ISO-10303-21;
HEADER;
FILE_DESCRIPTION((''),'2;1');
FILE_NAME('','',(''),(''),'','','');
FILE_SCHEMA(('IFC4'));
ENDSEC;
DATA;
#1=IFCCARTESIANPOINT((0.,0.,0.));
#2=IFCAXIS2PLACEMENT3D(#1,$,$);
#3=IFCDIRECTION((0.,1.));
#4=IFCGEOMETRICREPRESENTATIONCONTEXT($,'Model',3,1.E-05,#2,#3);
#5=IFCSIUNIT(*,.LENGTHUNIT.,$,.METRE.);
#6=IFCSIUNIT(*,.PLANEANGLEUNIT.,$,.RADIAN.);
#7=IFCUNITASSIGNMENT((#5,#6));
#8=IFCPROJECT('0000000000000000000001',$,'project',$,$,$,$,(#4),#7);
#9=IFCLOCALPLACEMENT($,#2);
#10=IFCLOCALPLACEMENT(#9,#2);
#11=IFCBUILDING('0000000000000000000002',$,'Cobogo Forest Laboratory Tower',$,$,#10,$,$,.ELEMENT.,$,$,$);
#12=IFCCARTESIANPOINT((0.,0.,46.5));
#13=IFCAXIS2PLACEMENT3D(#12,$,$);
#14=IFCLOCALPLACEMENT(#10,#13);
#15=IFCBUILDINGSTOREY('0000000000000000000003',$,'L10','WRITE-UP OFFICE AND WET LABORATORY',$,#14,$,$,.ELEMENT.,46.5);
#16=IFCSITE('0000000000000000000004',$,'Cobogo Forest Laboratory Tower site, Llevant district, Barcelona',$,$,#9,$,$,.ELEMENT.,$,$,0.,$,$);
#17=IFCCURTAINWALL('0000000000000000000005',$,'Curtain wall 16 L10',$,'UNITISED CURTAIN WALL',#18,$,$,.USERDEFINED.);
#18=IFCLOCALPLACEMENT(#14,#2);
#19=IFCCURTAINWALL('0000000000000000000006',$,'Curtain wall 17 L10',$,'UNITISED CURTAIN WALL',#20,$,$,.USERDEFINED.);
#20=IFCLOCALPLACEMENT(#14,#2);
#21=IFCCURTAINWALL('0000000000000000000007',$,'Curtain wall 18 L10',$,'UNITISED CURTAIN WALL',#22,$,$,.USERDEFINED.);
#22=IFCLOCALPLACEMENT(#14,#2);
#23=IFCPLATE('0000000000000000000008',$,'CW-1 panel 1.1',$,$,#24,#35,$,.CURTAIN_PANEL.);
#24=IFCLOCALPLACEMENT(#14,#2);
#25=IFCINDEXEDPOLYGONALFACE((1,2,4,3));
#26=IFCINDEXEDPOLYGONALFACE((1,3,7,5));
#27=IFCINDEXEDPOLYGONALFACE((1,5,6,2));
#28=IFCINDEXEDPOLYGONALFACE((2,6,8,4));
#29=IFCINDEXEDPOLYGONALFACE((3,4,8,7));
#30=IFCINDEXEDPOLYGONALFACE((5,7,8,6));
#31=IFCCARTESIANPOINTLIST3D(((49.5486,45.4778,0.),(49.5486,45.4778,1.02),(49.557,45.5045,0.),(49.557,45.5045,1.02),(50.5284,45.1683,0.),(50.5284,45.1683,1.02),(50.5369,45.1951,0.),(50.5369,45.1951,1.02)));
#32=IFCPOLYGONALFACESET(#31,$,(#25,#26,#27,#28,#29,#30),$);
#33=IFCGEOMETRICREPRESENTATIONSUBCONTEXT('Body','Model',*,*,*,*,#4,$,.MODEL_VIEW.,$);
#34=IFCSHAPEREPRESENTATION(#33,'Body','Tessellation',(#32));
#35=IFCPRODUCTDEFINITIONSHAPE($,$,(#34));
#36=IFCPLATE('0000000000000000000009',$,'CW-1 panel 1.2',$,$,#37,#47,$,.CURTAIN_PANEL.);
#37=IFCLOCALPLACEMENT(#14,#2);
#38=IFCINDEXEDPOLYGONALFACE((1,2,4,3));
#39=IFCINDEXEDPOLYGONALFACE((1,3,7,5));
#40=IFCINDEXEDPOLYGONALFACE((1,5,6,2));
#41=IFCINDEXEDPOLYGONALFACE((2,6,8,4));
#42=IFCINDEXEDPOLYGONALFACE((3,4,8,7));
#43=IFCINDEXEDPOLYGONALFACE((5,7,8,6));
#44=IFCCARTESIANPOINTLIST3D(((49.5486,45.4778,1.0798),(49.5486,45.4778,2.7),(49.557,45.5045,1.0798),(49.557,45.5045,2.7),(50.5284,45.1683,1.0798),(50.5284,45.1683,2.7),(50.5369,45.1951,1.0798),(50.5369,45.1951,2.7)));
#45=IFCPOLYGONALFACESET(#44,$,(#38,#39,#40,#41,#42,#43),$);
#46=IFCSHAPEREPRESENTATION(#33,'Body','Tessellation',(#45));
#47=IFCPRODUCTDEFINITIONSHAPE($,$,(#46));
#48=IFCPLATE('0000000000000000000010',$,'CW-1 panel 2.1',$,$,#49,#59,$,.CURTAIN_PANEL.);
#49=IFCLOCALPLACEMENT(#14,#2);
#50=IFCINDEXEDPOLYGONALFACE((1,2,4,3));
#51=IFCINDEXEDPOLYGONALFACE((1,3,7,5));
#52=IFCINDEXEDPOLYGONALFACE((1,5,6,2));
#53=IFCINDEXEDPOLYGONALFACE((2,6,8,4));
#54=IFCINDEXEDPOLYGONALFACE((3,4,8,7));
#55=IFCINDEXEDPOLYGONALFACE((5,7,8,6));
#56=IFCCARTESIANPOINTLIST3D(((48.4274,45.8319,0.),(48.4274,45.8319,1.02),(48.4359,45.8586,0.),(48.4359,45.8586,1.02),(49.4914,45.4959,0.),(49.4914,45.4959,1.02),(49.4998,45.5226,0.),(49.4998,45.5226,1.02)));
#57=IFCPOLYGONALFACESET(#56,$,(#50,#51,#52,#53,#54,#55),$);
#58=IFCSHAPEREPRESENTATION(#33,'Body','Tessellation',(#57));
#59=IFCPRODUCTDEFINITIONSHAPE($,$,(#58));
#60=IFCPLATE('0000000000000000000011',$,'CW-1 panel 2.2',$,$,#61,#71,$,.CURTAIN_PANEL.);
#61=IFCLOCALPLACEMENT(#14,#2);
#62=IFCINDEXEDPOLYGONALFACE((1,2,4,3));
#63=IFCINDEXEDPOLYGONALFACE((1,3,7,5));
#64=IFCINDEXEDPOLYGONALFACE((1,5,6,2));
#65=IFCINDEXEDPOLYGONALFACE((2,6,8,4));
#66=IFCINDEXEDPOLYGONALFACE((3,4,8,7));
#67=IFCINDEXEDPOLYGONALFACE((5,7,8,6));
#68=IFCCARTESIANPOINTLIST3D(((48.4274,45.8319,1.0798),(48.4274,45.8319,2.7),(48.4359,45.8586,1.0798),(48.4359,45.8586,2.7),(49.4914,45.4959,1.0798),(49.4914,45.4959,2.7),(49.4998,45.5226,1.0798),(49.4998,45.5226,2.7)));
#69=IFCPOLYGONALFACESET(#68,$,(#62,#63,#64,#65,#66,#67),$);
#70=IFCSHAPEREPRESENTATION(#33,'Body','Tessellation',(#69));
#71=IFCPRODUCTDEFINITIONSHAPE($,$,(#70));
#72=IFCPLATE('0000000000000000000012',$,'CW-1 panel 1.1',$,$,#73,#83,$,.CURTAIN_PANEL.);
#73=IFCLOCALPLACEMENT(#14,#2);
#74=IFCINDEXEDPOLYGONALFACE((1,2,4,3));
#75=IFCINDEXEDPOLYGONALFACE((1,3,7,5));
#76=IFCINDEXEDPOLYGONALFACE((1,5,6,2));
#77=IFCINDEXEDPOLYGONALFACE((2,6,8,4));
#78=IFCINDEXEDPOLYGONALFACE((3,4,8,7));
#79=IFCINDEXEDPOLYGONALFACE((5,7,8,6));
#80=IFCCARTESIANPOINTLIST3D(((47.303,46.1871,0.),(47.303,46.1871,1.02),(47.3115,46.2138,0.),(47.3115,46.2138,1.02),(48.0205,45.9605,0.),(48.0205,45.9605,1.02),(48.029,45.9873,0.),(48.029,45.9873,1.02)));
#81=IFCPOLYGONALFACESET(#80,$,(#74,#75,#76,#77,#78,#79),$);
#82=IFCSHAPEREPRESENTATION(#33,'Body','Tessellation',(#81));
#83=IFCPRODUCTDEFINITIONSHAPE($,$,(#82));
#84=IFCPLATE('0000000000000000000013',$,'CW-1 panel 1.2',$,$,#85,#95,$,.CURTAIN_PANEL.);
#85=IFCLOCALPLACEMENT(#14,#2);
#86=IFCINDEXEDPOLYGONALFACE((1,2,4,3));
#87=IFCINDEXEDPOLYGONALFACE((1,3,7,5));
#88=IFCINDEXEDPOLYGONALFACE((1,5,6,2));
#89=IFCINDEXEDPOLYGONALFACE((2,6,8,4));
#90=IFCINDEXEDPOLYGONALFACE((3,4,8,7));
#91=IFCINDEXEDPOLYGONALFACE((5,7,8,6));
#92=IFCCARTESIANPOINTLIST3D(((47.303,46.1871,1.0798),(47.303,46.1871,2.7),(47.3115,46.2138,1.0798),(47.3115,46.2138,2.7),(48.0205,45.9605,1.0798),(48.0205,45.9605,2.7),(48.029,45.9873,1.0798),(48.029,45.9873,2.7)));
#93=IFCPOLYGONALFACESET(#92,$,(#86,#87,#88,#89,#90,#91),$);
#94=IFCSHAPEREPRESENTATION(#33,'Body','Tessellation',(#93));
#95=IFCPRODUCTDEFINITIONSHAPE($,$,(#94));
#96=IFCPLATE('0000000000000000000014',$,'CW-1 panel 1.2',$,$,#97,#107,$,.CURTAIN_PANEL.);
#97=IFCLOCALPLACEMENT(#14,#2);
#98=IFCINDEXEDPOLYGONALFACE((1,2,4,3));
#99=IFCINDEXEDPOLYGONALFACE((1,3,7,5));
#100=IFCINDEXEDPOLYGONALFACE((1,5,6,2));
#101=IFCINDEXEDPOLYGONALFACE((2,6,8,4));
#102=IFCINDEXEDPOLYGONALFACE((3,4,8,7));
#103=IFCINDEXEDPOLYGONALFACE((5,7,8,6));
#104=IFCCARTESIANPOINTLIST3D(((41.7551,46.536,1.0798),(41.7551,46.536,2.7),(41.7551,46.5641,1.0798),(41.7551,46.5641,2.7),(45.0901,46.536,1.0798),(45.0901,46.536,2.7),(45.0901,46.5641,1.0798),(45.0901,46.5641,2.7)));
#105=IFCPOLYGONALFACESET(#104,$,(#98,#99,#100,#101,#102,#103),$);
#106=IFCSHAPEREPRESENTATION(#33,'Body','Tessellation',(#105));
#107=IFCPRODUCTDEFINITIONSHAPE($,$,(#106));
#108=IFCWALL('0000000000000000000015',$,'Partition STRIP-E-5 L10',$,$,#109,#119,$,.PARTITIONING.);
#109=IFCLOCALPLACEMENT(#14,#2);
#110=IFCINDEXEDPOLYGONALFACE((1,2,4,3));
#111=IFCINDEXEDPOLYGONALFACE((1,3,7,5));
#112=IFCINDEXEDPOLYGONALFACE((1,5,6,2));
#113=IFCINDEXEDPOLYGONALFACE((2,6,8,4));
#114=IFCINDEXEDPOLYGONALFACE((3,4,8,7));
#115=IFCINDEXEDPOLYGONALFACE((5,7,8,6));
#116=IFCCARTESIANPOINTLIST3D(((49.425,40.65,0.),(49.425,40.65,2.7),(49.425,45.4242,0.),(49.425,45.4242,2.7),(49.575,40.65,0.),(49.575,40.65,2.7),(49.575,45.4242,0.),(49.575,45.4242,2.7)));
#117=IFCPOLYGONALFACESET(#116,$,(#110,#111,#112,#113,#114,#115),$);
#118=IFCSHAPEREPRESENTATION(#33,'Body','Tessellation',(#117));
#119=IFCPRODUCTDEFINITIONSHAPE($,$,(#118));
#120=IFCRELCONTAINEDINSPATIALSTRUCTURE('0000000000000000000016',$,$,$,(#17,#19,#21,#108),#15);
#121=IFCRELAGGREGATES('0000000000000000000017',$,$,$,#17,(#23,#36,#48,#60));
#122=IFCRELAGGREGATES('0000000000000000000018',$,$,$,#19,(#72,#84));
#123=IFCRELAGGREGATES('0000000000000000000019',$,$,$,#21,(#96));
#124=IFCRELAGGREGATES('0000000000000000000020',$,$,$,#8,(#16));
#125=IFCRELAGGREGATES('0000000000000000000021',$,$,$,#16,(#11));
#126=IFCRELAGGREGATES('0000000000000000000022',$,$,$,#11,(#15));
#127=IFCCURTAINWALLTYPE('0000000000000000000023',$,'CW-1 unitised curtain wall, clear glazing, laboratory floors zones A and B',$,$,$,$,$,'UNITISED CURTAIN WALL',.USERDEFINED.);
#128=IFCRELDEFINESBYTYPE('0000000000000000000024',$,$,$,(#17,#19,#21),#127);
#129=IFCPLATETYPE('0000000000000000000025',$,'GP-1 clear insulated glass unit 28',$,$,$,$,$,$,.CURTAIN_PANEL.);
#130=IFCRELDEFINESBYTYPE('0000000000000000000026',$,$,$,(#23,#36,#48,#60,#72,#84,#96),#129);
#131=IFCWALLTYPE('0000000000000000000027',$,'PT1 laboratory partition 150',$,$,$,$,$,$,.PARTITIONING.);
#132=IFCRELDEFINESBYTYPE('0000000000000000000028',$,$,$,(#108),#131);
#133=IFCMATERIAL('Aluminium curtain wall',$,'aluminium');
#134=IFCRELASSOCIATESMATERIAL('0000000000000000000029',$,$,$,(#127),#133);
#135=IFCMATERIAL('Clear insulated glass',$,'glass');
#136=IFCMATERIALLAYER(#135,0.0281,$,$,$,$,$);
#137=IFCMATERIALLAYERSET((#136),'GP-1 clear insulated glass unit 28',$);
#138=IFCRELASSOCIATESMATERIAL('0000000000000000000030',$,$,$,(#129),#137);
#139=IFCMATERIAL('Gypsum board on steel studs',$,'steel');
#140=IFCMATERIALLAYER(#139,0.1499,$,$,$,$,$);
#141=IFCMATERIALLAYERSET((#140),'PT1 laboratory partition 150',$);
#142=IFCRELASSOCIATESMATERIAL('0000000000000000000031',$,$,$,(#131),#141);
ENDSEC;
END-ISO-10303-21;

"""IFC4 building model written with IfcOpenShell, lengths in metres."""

from ifc_helpers import new_model, si_unit, direction, frame, frame_2d, origin, origin_2d, place, context, subcontext, project, spatial, rectangle, extrude, material, layer, layer_set, type_object, element, aggregate, save


model = new_model("IFC4")

# Units and contexts
model_context = context("Model", 3, precision=1e-05, world=origin(), true_north=direction((0.0, 1.0)))
body_context = subcontext(model_context, "Body", "Model", "MODEL_VIEW")
ifc_project = project(units=[si_unit("LENGTHUNIT", "METRE"), si_unit("PLANEANGLEUNIT", "RADIAN")], contexts=[model_context])

# Site, building, storey
site_placement = place(None, origin())
site = spatial("IfcSite", under=ifc_project, at=site_placement, Name="Cobogo Forest Laboratory Tower site, Llevant district, Barcelona", CompositionType="ELEMENT", RefElevation=0.0)
building_placement = place(site_placement, origin())
building = spatial("IfcBuilding", under=site, at=building_placement, Name="Cobogo Forest Laboratory Tower", CompositionType="ELEMENT")
storey_placement = place(building_placement, frame((0.0, 0.0, 46.5)))
storey = spatial("IfcBuildingStorey", under=building, at=storey_placement, Name="L10", Description="WRITE-UP OFFICE AND WET LABORATORY", CompositionType="ELEMENT", Elevation=46.5)

# Curtain walls
ifc_material_1 = material(Name="Aluminium curtain wall", Category="aluminium")
curtain_wall_type = type_object("IfcCurtainWallType", Name="CW-1 unitised curtain wall, clear glazing, laboratory floors zones A and B", ElementType="UNITISED CURTAIN WALL", PredefinedType="USERDEFINED", material=ifc_material_1)
curtain_wall_1_placement = place(storey_placement, origin())
curtain_wall_1 = element("IfcCurtainWall", 1, at=curtain_wall_1_placement, inside=storey, type_object=curtain_wall_type, Name="Curtain wall 16 L10", ObjectType="UNITISED CURTAIN WALL", PredefinedType="USERDEFINED")
curtain_wall_2_placement = place(storey_placement, origin())
curtain_wall_2 = element("IfcCurtainWall", 2, at=curtain_wall_2_placement, inside=storey, type_object=curtain_wall_type, Name="Curtain wall 17 L10", ObjectType="UNITISED CURTAIN WALL", PredefinedType="USERDEFINED")

# Curtain wall
curtain_wall_3_placement = place(storey_placement, origin())
curtain_wall_3 = element("IfcCurtainWall", 3, at=curtain_wall_3_placement, inside=storey, type_object=curtain_wall_type, Name="Curtain wall 18 L10", ObjectType="UNITISED CURTAIN WALL", PredefinedType="USERDEFINED")

# Plates
ifc_material_2 = material(Name="Clear insulated glass", Category="glass")
ifc_layer_1 = layer(ifc_material_2, 0.0281)
ifc_layer_set_1 = layer_set([ifc_layer_1], Name="GP-1 clear insulated glass unit 28")
plate_type = type_object("IfcPlateType", Name="GP-1 clear insulated glass unit 28", PredefinedType="CURTAIN_PANEL", material=ifc_layer_set_1)
plate_1_placement = place(storey_placement, frame((50.0427, 45.3364, 0.0), z_axis=(0.0, 0.0, 1.0), x_axis=(-0.953581, 0.301135, 0.0)))
plate_1 = element("IfcPlate", 4, at=plate_1_placement, type_object=plate_type, Name="CW-1 panel 1.1", PredefinedType="CURTAIN_PANEL", context=body_context, shape_type="SweptSolid", body=[
    extrude(rectangle(XDim=1.0276, YDim=0.0281, at=origin_2d()), origin(), (0.0, 0.0, 1.0), 1.02),
])
plate_2_placement = place(storey_placement, frame((50.0427, 45.3364, 1.0798), z_axis=(0.0, 0.0, 1.0), x_axis=(-0.953581, 0.301135, 0.0)))
plate_2 = element("IfcPlate", 5, at=plate_2_placement, type_object=plate_type, Name="CW-1 panel 1.2", PredefinedType="CURTAIN_PANEL", context=body_context, shape_type="SweptSolid", body=[
    extrude(rectangle(XDim=1.0276, YDim=0.0281, at=origin_2d()), origin(), (0.0, 0.0, 1.0), 1.6201),
])
plate_3_placement = place(storey_placement, frame((48.9636, 45.6772, 0.0), z_axis=(0.0, 0.0, 1.0), x_axis=(-0.953581, 0.301135, 0.0)))
plate_3 = element("IfcPlate", 6, at=plate_3_placement, type_object=plate_type, Name="CW-1 panel 2.1", PredefinedType="CURTAIN_PANEL", context=body_context, shape_type="SweptSolid", body=[
    extrude(rectangle(XDim=1.1157, YDim=0.0281, at=origin_2d()), origin(), (0.0, 0.0, 1.0), 1.02),
])
plate_4_placement = place(storey_placement, frame((48.9636, 45.6772, 1.0798), z_axis=(0.0, 0.0, 1.0), x_axis=(-0.953581, 0.301135, 0.0)))
plate_4 = element("IfcPlate", 7, at=plate_4_placement, type_object=plate_type, Name="CW-1 panel 2.2", PredefinedType="CURTAIN_PANEL", context=body_context, shape_type="SweptSolid", body=[
    extrude(rectangle(XDim=1.1157, YDim=0.0281, at=origin_2d()), origin(), (0.0, 0.0, 1.0), 1.6201),
])
aggregate(curtain_wall_1, [plate_1, plate_2, plate_3, plate_4])
plate_5_placement = place(storey_placement, frame((47.666, 46.0872, 0.0), z_axis=(0.0, 0.0, 1.0), x_axis=(-0.953582, 0.301135, 0.0)))
plate_5 = element("IfcPlate", 8, at=plate_5_placement, type_object=plate_type, Name="CW-1 panel 1.1", PredefinedType="CURTAIN_PANEL", context=body_context, shape_type="SweptSolid", body=[
    extrude(rectangle(XDim=0.7524, YDim=0.0281, at=origin_2d()), origin(), (0.0, 0.0, 1.0), 1.02),
])
plate_6_placement = place(storey_placement, frame((47.666, 46.0872, 1.0798), z_axis=(0.0, 0.0, 1.0), x_axis=(-0.953582, 0.301135, 0.0)))
plate_6 = element("IfcPlate", 9, at=plate_6_placement, type_object=plate_type, Name="CW-1 panel 1.2", PredefinedType="CURTAIN_PANEL", context=body_context, shape_type="SweptSolid", body=[
    extrude(rectangle(XDim=0.7524, YDim=0.0281, at=origin_2d()), origin(), (0.0, 0.0, 1.0), 1.6201),
])
aggregate(curtain_wall_2, [plate_5, plate_6])
plate_7_placement = place(storey_placement, frame((43.4226, 46.55, 1.0798), z_axis=(0.0, 0.0, 1.0), x_axis=(-1.0, 0.0, 0.0)))
plate_7 = element("IfcPlate", 10, at=plate_7_placement, type_object=plate_type, Name="CW-1 panel 1.2", PredefinedType="CURTAIN_PANEL", context=body_context, shape_type="SweptSolid", body=[
    extrude(rectangle(XDim=3.335, YDim=0.0281, at=origin_2d()), origin(), (0.0, 0.0, 1.0), 1.6201),
])
aggregate(curtain_wall_3, [plate_7])

# Wall
ifc_material_3 = material(Name="Gypsum board on steel studs", Category="steel")
ifc_layer_2 = layer(ifc_material_3, 0.1499)
ifc_layer_set_2 = layer_set([ifc_layer_2], Name="PT1 laboratory partition 150")
wall_type = type_object("IfcWallType", Name="PT1 laboratory partition 150", PredefinedType="PARTITIONING", material=ifc_layer_set_2)
wall_placement = place(storey_placement, frame((49.5, 40.6499, 0.0), z_axis=(0.0, 0.0, 1.0), x_axis=(0.0, 1.0, 0.0)))
element("IfcWall", 11, at=wall_placement, inside=storey, type_object=wall_type, Name="Partition STRIP-E-5 L10", PredefinedType="PARTITIONING", context=body_context, shape_type="SweptSolid", body=[
    extrude(rectangle(XDim=4.7742, YDim=0.1499, at=frame_2d((2.3872, 0.0))), origin(), (0.0, 0.0, 1.0), 2.7),
])

save(model, "model.ifc")
